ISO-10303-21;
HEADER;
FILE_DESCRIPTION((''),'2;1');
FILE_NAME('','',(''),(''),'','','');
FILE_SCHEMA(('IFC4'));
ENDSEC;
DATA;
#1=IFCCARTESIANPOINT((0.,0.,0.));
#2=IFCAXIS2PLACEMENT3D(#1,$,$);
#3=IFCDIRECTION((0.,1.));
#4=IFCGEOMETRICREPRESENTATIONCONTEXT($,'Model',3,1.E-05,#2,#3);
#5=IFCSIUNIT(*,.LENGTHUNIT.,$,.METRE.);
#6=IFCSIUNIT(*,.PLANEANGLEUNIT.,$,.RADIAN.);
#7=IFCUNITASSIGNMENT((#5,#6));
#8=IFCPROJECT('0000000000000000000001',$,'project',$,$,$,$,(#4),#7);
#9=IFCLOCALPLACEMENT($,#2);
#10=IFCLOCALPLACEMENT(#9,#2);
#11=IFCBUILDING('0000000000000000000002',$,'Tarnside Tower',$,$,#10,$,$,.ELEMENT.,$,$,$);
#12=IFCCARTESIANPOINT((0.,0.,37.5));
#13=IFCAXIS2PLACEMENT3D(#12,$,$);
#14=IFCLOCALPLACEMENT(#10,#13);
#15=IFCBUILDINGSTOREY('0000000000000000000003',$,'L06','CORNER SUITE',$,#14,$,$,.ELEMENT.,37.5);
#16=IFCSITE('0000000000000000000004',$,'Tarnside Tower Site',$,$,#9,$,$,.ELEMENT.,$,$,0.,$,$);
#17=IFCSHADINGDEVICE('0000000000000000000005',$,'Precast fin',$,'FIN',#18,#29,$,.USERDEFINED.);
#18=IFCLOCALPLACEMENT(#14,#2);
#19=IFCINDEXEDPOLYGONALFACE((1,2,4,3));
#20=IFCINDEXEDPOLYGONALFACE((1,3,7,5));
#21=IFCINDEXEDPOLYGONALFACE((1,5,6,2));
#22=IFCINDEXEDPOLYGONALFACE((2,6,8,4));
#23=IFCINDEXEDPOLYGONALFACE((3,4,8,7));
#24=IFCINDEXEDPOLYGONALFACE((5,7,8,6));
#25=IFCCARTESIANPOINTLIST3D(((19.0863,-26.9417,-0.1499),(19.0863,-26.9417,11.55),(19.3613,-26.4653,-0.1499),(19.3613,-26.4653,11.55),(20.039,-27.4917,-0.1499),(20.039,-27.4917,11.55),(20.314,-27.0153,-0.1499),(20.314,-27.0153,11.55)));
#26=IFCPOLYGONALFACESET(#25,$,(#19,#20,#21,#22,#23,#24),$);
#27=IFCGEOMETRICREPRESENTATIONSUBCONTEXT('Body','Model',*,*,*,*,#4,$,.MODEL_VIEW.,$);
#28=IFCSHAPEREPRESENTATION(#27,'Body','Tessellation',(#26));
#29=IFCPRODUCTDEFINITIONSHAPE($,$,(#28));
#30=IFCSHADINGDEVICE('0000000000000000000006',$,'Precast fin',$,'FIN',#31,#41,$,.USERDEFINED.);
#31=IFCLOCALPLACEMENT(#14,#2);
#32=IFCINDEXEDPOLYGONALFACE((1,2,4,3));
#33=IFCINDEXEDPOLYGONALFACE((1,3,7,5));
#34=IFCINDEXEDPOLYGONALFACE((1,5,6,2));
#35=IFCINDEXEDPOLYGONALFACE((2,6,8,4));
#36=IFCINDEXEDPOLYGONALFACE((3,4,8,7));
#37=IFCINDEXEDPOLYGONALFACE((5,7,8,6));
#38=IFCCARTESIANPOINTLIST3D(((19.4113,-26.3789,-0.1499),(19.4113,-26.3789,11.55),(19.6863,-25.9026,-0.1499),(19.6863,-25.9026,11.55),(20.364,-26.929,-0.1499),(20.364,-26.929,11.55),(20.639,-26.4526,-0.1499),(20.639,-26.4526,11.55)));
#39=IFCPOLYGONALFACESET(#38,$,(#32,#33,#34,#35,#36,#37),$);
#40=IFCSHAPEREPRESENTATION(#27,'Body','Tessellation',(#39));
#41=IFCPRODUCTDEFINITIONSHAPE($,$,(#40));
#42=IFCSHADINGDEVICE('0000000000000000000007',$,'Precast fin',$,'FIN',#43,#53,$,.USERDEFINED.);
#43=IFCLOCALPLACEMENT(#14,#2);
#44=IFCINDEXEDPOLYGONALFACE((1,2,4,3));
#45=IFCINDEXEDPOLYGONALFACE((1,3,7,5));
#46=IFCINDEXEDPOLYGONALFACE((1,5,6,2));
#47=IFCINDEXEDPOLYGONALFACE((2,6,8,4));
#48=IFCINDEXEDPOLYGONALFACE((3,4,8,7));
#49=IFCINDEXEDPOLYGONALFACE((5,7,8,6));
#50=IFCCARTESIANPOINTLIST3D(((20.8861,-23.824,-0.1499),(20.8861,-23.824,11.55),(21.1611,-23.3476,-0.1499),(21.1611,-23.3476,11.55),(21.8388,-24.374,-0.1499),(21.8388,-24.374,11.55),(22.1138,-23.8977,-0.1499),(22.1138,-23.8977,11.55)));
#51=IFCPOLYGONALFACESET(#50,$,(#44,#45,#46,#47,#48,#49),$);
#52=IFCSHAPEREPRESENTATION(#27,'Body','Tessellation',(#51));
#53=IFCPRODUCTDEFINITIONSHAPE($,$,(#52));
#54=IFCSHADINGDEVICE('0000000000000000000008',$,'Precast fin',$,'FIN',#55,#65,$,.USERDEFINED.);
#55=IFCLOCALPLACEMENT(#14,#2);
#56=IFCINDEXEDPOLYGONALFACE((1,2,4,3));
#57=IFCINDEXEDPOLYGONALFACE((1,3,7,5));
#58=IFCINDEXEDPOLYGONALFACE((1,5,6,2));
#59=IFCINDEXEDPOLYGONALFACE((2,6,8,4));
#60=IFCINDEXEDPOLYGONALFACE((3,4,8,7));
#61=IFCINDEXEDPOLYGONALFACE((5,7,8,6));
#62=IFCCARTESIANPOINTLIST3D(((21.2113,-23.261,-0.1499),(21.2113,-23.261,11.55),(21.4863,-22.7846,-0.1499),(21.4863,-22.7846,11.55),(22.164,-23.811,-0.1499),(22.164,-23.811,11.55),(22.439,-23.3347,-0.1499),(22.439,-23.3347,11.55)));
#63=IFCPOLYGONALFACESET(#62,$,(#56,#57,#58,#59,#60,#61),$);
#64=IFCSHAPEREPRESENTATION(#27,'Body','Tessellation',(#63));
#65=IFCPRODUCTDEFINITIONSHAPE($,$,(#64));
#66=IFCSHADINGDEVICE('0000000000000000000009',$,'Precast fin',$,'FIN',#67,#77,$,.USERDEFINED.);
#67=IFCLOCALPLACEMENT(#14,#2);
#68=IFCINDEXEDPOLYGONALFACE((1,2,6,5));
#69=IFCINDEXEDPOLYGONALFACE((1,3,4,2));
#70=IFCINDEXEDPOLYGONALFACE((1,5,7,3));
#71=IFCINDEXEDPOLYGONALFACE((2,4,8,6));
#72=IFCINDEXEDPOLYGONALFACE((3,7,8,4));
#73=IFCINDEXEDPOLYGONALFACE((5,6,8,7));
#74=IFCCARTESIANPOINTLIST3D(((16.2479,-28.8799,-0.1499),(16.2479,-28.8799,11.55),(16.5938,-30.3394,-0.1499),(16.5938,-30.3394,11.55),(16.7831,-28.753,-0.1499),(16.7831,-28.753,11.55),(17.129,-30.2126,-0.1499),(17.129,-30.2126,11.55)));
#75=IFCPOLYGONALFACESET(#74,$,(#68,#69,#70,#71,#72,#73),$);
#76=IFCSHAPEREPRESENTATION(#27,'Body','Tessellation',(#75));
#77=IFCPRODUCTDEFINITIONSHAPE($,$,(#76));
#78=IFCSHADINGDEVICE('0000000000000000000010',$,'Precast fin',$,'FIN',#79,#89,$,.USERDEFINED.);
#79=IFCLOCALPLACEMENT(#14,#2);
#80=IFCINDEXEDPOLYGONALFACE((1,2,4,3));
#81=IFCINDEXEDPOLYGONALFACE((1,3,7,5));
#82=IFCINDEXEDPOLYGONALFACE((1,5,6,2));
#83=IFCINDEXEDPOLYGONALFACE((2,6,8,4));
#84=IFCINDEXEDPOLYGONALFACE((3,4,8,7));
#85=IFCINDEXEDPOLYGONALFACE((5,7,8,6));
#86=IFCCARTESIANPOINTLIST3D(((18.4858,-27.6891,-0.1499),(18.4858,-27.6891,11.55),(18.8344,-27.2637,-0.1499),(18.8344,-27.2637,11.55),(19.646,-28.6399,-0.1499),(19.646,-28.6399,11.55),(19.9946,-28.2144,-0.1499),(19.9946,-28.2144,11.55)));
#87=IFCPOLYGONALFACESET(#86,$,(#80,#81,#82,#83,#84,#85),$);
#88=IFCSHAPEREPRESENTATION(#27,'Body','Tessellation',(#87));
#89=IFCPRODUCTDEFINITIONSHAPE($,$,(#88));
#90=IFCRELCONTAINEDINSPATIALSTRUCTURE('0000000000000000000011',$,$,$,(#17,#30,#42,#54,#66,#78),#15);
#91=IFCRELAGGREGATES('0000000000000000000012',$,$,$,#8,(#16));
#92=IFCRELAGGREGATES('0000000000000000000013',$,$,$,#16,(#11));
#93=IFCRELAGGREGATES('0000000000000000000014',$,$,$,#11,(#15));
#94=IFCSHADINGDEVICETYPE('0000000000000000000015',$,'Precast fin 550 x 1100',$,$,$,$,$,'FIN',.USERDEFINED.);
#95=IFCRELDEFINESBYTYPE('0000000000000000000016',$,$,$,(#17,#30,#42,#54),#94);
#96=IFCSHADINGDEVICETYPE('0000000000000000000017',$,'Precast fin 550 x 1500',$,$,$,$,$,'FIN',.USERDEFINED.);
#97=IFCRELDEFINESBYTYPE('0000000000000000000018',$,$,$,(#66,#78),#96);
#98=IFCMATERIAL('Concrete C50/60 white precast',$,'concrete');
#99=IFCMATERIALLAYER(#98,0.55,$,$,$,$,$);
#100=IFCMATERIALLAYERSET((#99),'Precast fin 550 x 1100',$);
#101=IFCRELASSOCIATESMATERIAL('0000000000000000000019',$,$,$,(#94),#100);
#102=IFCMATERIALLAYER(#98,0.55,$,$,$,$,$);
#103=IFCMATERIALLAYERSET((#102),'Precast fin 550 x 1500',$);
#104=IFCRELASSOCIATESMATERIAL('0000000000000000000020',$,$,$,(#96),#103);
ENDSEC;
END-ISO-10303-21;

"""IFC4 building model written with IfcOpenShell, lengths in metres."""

from ifc_helpers import new_model, si_unit, direction, frame, origin, place, context, subcontext, project, spatial, polyline, outline, extrude, material, layer, layer_set, type_object, element, save


model = new_model("IFC4")

# Units and contexts
model_context = context("Model", 3, precision=1e-05, world=origin(), true_north=direction((0.0, 1.0)))
body_context = subcontext(model_context, "Body", "Model", "MODEL_VIEW")
ifc_project = project(units=[si_unit("LENGTHUNIT", "METRE"), si_unit("PLANEANGLEUNIT", "RADIAN")], contexts=[model_context])

# Site, building, storey
site_placement = place(None, origin())
site = spatial("IfcSite", under=ifc_project, at=site_placement, Name="Tarnside Tower Site", CompositionType="ELEMENT", RefElevation=0.0)
building_placement = place(site_placement, origin())
building = spatial("IfcBuilding", under=site, at=building_placement, Name="Tarnside Tower", CompositionType="ELEMENT")
storey_placement = place(building_placement, frame((0.0, 0.0, 37.5)))
storey = spatial("IfcBuildingStorey", under=building, at=storey_placement, Name="L06", Description="CORNER SUITE", CompositionType="ELEMENT", Elevation=37.5)

# Shading devices
ifc_material_1 = material(Name="Concrete C50/60 white precast", Category="concrete")
ifc_layer_1 = layer(ifc_material_1, 0.55)
ifc_layer_set_1 = layer_set([ifc_layer_1], Name="Precast fin 550 x 1100")
shading_device_type_1 = type_object("IfcShadingDeviceType", Name="Precast fin 550 x 1100", ElementType="FIN", PredefinedType="USERDEFINED", material=ifc_layer_set_1)
for number, where, z_axis, x_axis, name in (
    (1, (19.2239, -26.7034, -0.1499), (-0.5, -0.866025, 0.0), (0.866025, -0.5, 0.0), "Precast fin"),
    (2, (19.5488, -26.1406, -0.1499), (-0.5, -0.866025, 0.0), (0.866025, -0.5, 0.0), "Precast fin"),
    (3, (21.0237, -23.5857, -0.1499), (-0.5, -0.866025, 0.0), (0.866025, -0.5, 0.0), "Precast fin"),
    (4, (21.3489, -23.0227, -0.1499), (-0.5, -0.866025, 0.0), (0.866025, -0.5, 0.0), "Precast fin"),
):
    element("IfcShadingDevice", number, at=place(storey_placement, frame(where, z_axis=z_axis, x_axis=x_axis)), inside=storey, type_object=shading_device_type_1, Name=name, ObjectType="FIN", PredefinedType="USERDEFINED", context=body_context, shape_type="SweptSolid", body=[
        extrude(outline(polyline([(0.0, 0.0), (1.1001, 0.0), (1.1001, 11.7), (0.0, 11.7), (0.0, 0.0)])), frame((0.0, 0.0, -0.2749)), (0.0, 0.0, 1.0), 0.55),
    ])
ifc_layer_2 = layer(ifc_material_1, 0.55)
ifc_layer_set_2 = layer_set([ifc_layer_2], Name="Precast fin 550 x 1500")
shading_device_type_2 = type_object("IfcShadingDeviceType", Name="Precast fin 550 x 1500", ElementType="FIN", PredefinedType="USERDEFINED", material=ifc_layer_set_2)
for number, where, z_axis, x_axis, name in (
    (5, (16.5156, -28.8164, -0.1499), (-0.973045, -0.230616, 0.0), (0.230616, -0.973045, 0.0), "Precast fin"),
    (6, (18.6602, -27.4763, -0.1499), (-0.633831, -0.773472, 0.0), (0.773472, -0.633831, 0.0), "Precast fin"),
):
    element("IfcShadingDevice", number, at=place(storey_placement, frame(where, z_axis=z_axis, x_axis=x_axis)), inside=storey, type_object=shading_device_type_2, Name=name, ObjectType="FIN", PredefinedType="USERDEFINED", context=body_context, shape_type="SweptSolid", body=[
        extrude(outline(polyline([(0.0, 0.0), (1.5, 0.0), (1.5, 11.7), (0.0, 11.7), (0.0, 0.0)])), frame((0.0, 0.0, -0.2749)), (0.0, 0.0, 1.0), 0.55),
    ])

save(model, "model.ifc")
